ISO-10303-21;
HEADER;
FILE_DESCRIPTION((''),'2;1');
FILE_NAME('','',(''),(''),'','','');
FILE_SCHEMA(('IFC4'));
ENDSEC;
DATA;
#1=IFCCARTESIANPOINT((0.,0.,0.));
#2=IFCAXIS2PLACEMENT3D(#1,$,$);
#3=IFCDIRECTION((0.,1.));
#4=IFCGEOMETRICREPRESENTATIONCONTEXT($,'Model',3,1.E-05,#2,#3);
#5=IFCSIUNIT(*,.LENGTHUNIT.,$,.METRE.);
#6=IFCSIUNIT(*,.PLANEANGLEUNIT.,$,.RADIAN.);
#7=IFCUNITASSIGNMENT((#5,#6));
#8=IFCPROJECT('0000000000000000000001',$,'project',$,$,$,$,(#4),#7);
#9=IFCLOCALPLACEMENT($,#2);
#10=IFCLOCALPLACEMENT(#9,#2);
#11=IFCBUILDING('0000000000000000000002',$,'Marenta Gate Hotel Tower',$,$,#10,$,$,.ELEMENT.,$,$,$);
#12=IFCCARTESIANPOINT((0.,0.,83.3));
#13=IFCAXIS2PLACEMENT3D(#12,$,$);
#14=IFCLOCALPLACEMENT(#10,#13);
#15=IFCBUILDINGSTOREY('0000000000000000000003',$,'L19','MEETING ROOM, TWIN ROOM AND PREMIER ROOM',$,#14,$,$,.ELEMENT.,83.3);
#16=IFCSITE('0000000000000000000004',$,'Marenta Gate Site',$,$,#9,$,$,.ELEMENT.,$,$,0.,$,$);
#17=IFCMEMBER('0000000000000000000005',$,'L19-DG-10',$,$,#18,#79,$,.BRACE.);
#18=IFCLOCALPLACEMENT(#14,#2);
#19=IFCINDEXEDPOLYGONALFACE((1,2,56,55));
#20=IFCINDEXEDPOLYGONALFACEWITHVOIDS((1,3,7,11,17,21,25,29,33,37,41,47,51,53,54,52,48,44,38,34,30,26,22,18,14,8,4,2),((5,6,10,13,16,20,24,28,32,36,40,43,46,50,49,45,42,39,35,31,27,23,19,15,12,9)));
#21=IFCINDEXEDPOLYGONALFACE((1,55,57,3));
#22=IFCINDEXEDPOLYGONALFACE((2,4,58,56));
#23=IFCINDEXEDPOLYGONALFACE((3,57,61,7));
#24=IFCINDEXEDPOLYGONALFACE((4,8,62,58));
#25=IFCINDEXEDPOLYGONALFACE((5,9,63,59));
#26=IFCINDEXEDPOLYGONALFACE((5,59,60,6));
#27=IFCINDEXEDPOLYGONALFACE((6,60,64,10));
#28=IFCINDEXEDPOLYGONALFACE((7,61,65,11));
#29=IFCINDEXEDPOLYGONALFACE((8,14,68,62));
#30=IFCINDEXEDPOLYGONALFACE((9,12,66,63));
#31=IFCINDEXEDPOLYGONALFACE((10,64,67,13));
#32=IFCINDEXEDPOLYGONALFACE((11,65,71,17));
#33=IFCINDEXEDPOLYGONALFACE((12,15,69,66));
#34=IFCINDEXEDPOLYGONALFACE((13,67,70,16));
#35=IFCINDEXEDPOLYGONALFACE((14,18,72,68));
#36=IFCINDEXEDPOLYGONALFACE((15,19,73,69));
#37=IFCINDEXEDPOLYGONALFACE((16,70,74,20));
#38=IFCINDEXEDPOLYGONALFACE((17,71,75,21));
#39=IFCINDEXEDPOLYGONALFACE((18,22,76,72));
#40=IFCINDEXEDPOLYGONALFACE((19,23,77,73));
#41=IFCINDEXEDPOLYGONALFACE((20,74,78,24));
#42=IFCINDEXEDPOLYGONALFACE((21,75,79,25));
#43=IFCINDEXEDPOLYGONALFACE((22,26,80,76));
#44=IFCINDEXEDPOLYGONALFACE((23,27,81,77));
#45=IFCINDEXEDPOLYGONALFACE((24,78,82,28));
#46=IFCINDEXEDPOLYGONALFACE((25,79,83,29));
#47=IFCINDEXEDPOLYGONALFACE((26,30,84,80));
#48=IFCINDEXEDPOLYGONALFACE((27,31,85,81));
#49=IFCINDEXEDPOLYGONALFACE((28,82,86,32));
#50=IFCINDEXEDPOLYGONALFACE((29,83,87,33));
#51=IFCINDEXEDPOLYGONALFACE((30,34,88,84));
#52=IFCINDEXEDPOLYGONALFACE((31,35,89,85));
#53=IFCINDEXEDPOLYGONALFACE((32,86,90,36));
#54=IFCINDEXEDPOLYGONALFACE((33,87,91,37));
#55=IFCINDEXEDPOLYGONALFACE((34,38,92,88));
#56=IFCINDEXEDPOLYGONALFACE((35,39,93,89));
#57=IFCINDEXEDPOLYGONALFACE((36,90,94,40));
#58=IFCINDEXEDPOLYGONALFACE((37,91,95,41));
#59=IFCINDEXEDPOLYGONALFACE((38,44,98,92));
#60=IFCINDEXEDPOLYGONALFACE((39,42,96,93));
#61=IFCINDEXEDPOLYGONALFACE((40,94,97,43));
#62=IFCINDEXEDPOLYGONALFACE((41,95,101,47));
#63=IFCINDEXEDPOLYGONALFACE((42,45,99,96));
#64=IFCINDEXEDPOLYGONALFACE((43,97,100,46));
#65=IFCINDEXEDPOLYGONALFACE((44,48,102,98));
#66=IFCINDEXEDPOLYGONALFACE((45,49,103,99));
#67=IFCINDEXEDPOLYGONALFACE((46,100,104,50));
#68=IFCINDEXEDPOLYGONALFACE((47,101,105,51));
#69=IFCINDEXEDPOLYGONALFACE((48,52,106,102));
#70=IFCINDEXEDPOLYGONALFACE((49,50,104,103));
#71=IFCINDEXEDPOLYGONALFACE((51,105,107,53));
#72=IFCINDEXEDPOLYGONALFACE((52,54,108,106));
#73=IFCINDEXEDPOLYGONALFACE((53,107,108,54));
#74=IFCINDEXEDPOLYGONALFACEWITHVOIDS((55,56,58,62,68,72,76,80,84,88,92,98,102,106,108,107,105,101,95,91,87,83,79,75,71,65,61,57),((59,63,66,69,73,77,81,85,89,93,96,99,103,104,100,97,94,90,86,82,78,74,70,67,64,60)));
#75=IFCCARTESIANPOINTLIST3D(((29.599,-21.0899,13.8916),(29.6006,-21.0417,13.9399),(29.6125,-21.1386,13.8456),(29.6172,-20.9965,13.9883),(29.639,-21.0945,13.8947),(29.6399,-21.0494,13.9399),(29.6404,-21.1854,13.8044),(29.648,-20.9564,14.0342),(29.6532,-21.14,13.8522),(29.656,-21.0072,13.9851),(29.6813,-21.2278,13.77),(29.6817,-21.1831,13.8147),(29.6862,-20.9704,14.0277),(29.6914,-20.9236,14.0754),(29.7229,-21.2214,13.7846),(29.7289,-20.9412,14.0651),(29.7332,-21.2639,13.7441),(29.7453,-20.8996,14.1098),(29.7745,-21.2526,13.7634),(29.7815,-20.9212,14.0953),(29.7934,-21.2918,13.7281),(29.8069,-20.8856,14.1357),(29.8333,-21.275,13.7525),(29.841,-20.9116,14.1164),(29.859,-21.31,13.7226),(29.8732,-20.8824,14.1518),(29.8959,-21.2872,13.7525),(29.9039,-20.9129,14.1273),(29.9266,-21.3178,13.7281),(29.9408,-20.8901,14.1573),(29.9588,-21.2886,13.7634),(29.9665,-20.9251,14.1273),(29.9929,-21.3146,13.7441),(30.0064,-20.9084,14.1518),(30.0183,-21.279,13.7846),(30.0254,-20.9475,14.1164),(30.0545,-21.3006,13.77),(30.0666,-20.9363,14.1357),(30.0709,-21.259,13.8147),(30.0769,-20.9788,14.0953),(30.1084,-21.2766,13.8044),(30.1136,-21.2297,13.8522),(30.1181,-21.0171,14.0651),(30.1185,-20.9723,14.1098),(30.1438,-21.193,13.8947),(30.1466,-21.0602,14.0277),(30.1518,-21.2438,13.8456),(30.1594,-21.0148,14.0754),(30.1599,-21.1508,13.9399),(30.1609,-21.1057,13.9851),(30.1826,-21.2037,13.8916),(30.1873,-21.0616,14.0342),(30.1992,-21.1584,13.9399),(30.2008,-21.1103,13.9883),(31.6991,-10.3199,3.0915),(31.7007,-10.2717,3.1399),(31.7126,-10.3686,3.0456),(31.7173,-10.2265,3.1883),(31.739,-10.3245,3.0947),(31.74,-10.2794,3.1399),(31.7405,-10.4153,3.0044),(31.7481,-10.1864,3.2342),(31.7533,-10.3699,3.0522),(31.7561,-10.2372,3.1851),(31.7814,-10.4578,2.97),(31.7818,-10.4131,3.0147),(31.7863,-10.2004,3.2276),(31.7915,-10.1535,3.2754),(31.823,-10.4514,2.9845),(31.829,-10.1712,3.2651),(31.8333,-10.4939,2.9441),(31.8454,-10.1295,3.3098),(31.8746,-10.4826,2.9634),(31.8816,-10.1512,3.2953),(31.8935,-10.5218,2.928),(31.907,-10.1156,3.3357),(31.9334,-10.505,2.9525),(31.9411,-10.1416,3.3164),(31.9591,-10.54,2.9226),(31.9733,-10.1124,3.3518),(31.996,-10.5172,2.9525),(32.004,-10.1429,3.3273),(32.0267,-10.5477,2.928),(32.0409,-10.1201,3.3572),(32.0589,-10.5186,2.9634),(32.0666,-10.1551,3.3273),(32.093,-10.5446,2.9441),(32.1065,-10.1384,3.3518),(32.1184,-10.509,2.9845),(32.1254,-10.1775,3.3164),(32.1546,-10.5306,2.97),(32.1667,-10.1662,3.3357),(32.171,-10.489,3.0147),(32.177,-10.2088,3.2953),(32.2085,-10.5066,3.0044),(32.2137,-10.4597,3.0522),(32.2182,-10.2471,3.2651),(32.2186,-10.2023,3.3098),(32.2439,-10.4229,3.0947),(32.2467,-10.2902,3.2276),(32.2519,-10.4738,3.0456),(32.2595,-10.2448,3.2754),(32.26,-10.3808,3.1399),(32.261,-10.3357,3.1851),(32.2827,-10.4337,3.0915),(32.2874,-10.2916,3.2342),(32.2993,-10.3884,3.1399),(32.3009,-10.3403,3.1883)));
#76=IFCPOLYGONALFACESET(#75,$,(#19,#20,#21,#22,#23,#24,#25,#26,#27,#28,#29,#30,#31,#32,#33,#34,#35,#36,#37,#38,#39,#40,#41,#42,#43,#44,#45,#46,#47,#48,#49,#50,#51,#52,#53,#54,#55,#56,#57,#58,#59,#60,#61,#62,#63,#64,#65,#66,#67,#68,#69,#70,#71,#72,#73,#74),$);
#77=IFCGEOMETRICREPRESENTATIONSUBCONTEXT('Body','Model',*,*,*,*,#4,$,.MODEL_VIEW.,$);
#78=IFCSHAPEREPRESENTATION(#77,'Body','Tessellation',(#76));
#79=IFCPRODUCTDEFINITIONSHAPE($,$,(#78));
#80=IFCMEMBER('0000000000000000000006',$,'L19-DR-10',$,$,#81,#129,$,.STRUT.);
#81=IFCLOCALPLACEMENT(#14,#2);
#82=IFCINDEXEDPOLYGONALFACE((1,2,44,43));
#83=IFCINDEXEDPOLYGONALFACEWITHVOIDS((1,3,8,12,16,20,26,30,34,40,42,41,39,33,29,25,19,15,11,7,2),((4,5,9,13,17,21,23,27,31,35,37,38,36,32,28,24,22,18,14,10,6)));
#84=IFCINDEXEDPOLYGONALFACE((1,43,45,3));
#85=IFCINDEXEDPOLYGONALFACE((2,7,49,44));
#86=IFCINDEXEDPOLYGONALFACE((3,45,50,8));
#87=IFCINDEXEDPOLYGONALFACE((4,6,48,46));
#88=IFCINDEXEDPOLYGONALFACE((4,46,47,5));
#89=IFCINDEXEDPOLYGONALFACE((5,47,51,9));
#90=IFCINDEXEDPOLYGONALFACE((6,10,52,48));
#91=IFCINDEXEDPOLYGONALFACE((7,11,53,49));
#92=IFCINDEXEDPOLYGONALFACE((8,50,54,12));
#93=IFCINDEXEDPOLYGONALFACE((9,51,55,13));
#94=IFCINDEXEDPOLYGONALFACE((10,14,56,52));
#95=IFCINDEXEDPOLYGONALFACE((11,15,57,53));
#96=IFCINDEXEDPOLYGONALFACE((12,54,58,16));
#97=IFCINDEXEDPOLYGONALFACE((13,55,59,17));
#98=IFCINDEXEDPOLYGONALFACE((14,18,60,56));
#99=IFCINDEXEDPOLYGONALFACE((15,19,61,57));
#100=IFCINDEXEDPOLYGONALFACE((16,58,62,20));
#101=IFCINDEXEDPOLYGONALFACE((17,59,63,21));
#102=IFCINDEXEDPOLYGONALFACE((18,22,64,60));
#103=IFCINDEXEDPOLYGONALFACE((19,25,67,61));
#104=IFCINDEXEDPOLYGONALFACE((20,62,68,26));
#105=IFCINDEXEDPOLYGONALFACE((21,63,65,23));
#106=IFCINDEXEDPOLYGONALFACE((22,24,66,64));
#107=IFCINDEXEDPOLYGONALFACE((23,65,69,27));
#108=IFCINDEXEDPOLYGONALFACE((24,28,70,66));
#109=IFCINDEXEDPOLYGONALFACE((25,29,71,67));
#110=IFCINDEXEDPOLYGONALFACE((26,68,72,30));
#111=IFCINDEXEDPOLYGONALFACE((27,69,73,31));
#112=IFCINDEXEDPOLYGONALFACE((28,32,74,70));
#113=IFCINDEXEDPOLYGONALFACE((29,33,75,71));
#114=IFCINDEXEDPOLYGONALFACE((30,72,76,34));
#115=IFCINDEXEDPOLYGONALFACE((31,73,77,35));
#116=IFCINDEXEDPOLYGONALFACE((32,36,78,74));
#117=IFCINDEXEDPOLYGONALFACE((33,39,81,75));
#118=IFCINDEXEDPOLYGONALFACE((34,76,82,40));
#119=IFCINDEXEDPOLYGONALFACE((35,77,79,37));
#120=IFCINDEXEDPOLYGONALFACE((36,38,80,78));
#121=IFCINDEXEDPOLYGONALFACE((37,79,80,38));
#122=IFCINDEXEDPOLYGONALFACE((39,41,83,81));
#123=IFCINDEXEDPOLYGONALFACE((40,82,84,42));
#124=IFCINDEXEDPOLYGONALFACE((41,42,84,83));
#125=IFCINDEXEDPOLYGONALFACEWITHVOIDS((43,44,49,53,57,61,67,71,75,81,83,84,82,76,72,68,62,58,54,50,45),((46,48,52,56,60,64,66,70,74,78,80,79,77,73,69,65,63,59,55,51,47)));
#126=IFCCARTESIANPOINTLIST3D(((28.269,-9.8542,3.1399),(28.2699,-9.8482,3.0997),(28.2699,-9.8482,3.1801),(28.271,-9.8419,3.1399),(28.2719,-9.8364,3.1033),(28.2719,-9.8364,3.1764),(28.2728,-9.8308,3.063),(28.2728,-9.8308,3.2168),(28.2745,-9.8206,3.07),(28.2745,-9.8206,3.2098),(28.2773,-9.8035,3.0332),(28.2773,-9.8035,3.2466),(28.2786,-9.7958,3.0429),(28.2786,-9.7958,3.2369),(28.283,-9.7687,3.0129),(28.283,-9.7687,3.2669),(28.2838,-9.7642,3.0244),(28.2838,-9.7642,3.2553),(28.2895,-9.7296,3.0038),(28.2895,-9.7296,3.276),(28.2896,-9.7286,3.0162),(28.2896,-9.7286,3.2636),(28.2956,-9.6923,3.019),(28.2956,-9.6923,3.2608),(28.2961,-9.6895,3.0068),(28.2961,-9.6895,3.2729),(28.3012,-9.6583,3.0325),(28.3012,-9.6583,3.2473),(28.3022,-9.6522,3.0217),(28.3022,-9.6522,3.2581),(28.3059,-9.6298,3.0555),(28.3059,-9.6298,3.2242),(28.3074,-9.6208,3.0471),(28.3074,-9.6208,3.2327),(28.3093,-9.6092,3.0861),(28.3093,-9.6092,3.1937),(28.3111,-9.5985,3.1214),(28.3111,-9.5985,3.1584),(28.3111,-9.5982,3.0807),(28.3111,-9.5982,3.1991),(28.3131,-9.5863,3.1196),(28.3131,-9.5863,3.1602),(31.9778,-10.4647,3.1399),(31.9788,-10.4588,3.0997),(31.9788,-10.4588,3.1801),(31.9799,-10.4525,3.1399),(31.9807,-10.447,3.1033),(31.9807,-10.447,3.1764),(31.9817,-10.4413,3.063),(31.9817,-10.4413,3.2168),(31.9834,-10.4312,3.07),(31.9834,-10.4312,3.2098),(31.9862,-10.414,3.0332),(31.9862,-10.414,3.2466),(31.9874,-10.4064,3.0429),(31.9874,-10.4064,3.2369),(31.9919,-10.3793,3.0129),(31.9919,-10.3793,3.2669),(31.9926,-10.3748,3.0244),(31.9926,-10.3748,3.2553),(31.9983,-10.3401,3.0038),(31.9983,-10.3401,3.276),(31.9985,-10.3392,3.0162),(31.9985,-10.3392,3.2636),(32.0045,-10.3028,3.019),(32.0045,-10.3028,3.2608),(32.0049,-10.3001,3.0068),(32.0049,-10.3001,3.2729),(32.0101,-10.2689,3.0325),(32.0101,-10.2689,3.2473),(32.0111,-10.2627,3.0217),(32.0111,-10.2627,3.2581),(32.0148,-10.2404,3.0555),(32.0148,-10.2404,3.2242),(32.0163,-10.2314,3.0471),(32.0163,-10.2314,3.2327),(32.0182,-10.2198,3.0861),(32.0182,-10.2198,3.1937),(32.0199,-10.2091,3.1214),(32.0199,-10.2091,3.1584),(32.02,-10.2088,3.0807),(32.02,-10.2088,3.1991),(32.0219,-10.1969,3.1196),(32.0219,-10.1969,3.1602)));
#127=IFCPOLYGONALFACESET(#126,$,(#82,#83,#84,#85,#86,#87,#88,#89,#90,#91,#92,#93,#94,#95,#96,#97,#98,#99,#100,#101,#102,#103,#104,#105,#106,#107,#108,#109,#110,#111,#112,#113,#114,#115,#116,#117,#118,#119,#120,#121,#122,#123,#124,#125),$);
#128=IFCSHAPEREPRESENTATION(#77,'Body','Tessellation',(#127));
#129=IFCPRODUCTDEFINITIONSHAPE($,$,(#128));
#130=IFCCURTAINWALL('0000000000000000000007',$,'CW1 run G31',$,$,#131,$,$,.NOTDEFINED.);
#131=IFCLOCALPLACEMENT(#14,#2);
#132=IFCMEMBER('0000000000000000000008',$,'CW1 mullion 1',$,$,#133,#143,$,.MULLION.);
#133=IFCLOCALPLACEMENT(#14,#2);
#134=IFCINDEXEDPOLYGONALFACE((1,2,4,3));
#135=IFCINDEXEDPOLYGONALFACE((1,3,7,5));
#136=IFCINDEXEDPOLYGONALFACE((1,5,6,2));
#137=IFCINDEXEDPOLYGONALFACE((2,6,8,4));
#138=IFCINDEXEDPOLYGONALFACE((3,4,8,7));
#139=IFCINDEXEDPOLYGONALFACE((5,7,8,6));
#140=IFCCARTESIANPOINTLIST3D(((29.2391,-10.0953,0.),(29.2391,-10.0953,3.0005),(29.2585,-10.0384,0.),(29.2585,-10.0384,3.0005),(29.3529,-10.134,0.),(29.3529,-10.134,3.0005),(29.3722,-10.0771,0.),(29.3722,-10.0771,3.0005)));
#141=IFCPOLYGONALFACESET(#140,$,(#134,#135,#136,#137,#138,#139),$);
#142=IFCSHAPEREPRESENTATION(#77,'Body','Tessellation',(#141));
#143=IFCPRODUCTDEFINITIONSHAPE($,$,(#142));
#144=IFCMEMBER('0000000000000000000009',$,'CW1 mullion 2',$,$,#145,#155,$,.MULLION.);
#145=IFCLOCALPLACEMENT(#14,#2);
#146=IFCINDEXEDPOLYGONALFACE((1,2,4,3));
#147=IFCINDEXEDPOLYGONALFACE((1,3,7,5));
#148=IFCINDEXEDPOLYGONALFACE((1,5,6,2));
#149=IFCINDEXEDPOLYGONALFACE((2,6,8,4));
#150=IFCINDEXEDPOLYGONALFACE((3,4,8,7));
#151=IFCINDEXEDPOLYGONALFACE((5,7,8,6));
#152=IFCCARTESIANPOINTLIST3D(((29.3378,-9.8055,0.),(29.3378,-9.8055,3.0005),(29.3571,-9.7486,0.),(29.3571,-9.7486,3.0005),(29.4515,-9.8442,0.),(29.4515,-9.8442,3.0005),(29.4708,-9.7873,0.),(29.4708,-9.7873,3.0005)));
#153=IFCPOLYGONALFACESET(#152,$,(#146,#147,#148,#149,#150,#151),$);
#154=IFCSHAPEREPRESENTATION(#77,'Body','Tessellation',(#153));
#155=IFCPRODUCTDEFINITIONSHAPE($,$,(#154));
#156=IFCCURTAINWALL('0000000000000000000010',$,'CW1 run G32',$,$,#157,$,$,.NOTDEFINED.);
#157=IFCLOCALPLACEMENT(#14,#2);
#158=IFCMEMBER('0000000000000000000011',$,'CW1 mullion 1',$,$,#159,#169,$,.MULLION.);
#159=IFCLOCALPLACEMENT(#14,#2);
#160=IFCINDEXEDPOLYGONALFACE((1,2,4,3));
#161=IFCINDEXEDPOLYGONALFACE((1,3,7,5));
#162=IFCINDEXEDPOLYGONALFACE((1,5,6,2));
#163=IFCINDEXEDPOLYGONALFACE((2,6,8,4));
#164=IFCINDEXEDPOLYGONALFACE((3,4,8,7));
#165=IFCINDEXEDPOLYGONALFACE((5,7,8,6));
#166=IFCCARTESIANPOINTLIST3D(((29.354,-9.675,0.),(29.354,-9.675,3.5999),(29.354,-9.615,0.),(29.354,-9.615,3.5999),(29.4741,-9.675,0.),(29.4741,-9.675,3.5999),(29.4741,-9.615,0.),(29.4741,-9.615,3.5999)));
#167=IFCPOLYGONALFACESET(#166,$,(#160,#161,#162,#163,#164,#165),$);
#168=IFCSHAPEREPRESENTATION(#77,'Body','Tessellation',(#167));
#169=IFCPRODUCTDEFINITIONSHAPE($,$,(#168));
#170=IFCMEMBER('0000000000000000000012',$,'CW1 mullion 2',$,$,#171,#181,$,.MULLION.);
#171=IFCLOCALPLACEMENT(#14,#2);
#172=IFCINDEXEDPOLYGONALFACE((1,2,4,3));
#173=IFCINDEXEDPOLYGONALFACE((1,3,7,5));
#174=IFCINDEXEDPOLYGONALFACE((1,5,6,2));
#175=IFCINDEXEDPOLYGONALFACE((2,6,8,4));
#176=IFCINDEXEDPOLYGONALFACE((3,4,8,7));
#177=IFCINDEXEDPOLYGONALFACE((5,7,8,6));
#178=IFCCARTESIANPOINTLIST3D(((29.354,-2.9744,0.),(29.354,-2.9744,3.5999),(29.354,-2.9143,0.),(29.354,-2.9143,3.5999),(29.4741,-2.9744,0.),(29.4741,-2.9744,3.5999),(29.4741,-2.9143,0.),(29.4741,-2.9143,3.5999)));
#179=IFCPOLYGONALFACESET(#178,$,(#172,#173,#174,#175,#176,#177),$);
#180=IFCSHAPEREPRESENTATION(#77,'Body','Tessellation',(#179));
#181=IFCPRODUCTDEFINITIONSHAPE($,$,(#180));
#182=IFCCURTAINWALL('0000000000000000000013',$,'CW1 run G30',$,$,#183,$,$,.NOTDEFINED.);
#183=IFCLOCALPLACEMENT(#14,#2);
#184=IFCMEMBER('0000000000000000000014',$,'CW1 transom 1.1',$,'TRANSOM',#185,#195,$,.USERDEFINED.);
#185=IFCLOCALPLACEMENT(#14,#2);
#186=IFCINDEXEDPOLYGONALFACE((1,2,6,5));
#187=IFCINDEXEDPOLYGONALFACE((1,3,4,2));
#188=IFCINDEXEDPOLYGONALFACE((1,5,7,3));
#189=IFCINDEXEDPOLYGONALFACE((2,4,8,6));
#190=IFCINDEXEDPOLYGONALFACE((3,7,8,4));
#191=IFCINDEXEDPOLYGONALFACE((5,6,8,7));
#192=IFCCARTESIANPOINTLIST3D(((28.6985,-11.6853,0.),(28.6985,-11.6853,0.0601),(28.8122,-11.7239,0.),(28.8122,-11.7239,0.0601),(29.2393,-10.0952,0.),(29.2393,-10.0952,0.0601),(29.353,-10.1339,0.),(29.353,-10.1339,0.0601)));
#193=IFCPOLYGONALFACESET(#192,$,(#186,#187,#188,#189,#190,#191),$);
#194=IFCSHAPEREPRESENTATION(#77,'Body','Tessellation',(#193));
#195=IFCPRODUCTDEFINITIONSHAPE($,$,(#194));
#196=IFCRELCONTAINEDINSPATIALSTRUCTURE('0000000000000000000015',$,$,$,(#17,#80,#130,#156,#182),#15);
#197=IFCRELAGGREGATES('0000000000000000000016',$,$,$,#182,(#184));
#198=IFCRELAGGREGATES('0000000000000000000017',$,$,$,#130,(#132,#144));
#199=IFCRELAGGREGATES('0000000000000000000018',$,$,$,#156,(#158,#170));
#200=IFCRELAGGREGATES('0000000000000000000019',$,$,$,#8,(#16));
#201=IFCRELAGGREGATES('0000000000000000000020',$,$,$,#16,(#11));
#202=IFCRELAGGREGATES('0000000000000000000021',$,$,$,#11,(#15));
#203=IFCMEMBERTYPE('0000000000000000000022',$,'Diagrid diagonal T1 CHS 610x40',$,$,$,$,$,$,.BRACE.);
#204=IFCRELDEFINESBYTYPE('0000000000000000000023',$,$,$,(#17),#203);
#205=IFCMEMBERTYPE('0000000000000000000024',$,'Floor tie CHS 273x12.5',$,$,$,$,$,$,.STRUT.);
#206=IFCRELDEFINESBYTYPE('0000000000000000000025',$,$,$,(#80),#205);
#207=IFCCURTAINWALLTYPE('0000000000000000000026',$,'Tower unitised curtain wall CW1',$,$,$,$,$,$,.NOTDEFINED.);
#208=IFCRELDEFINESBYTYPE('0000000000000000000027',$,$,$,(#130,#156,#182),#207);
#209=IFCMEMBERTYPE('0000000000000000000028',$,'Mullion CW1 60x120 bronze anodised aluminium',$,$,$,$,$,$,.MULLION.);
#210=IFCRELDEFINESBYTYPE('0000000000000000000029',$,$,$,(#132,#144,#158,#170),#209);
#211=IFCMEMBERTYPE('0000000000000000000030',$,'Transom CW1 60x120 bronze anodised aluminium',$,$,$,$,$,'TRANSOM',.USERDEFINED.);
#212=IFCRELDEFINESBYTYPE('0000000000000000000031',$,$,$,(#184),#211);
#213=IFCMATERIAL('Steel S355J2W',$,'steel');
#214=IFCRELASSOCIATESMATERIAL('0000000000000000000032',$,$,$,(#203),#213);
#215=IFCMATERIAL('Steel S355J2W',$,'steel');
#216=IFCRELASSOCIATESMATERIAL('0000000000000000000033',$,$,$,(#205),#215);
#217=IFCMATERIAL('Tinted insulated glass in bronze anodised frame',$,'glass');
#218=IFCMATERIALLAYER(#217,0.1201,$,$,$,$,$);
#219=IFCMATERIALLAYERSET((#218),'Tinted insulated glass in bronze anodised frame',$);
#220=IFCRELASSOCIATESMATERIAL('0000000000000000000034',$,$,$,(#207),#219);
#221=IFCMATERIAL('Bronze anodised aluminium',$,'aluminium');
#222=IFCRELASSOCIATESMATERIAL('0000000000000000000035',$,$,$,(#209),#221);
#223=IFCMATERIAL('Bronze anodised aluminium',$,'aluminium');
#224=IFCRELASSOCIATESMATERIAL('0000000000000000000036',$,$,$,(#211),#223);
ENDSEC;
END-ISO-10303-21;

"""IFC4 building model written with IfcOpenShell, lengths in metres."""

from ifc_helpers import new_model, si_unit, direction, frame, origin, origin_2d, place, context, subcontext, project, spatial, rectangle, hollow_circle, extrude, material, layer, layer_set, material_profile, profile_set, type_object, element, aggregate, save


model = new_model("IFC4")

# Units and contexts
model_context = context("Model", 3, precision=1e-05, world=origin(), true_north=direction((0.0, 1.0)))
body_context = subcontext(model_context, "Body", "Model", "MODEL_VIEW")
ifc_project = project(units=[si_unit("LENGTHUNIT", "METRE"), si_unit("PLANEANGLEUNIT", "RADIAN")], contexts=[model_context])

# Site, building, storey
site_placement = place(None, origin())
site = spatial("IfcSite", under=ifc_project, at=site_placement, Name="Marenta Gate Site", CompositionType="ELEMENT", RefElevation=0.0)
building_placement = place(site_placement, origin())
building = spatial("IfcBuilding", under=site, at=building_placement, Name="Marenta Gate Hotel Tower", CompositionType="ELEMENT")
storey_placement = place(building_placement, frame((0.0, 0.0, 83.3)))
storey = spatial("IfcBuildingStorey", under=building, at=storey_placement, Name="L19", Description="MEETING ROOM, TWIN ROOM AND PREMIER ROOM", CompositionType="ELEMENT", Elevation=83.3)

# Members
ifc_material_1 = material(Name="Steel S355J2W", Category="steel")
ifc_material_profile_1 = material_profile(ifc_material_1, hollow_circle(Radius=0.3049, WallThickness=0.04, at=origin_2d()), Name="CHS 610x40")
ifc_profile_set_1 = profile_set([ifc_material_profile_1], Name="Steel S355J2W")
member_type_1 = type_object("IfcMemberType", Name="Diagrid diagonal T1 CHS 610x40", PredefinedType="BRACE", material=ifc_profile_set_1)
member_1_placement = place(storey_placement, frame((32.0, -10.3301, 3.1399), z_axis=(-0.136403, -0.699522, 0.701472), x_axis=(0.981514, -0.19139, 0.0)))
element("IfcMember", 1, at=member_1_placement, inside=storey, type_object=member_type_1, Name="L19-DG-10", PredefinedType="BRACE", context=body_context, shape_type="SweptSolid", body=[
    extrude(hollow_circle(Radius=0.3049, WallThickness=0.04, at=origin_2d()), origin(), (0.0, 0.0, 1.0), 15.3962),
])
ifc_material_2 = material(Name="Steel S355J2W", Category="steel")
ifc_material_profile_2 = material_profile(ifc_material_2, hollow_circle(Radius=0.1365, WallThickness=0.0125, at=origin_2d()), Name="CHS 273x12.5")
ifc_profile_set_2 = profile_set([ifc_material_profile_2], Name="Steel S355J2W")
member_type_2 = type_object("IfcMemberType", Name="Floor tie CHS 273x12.5", PredefinedType="STRUT", material=ifc_profile_set_2)
member_2_placement = place(storey_placement, frame((32.0, -10.3301, 3.1399), z_axis=(-0.986718, 0.16244, 0.0), x_axis=(-0.16244, -0.986718, 0.0)))
element("IfcMember", 2, at=member_2_placement, inside=storey, type_object=member_type_2, Name="L19-DR-10", PredefinedType="STRUT", context=body_context, shape_type="SweptSolid", body=[
    extrude(hollow_circle(Radius=0.1365, WallThickness=0.0125, at=origin_2d()), origin(), (0.0, 0.0, 1.0), 3.7588),
])

# Curtain walls, members
ifc_material_3 = material(Name="Tinted insulated glass in bronze anodised frame", Category="glass")
ifc_layer_1 = layer(ifc_material_3, 0.1201)
ifc_layer_set_1 = layer_set([ifc_layer_1], Name="Tinted insulated glass in bronze anodised frame")
curtain_wall_type = type_object("IfcCurtainWallType", Name="Tower unitised curtain wall CW1", PredefinedType="NOTDEFINED", material=ifc_layer_set_1)
curtain_wall_1_placement = place(storey_placement, origin())
curtain_wall_1 = element("IfcCurtainWall", 3, at=curtain_wall_1_placement, inside=storey, type_object=curtain_wall_type, Name="CW1 run G31", PredefinedType="NOTDEFINED")
ifc_material_4 = material(Name="Bronze anodised aluminium", Category="aluminium")
ifc_material_profile_3 = material_profile(ifc_material_4, rectangle(XDim=0.1201, YDim=0.0601, at=origin_2d()), Name="Mullion CW1 60x120 bronze anodised aluminium")
ifc_profile_set_3 = profile_set([ifc_material_profile_3], Name="Bronze anodised aluminium")
member_type_3 = type_object("IfcMemberType", Name="Mullion CW1 60x120 bronze anodised aluminium", PredefinedType="MULLION", material=ifc_profile_set_3)
member_3_placement = place(storey_placement, frame((29.3057, -10.0862, 0.0), z_axis=(0.0, 0.0, 1.0), x_axis=(-0.946726, 0.32204, 0.0)))
member_3 = element("IfcMember", 4, at=member_3_placement, type_object=member_type_3, Name="CW1 mullion 1", PredefinedType="MULLION", context=body_context, shape_type="SweptSolid", body=[
    extrude(rectangle(XDim=0.1201, YDim=0.0601, at=origin_2d()), origin(), (0.0, 0.0, 1.0), 3.0005),
])
member_4_placement = place(storey_placement, frame((29.4043, -9.7964, 0.0), z_axis=(0.0, 0.0, 1.0), x_axis=(-0.946726, 0.32204, 0.0)))
member_4 = element("IfcMember", 5, at=member_4_placement, type_object=member_type_3, Name="CW1 mullion 2", PredefinedType="MULLION", context=body_context, shape_type="SweptSolid", body=[
    extrude(rectangle(XDim=0.1201, YDim=0.0601, at=origin_2d()), origin(), (0.0, 0.0, 1.0), 3.0005),
])
curtain_wall_2_placement = place(storey_placement, origin())
curtain_wall_2 = element("IfcCurtainWall", 6, at=curtain_wall_2_placement, inside=storey, type_object=curtain_wall_type, Name="CW1 run G32", PredefinedType="NOTDEFINED")
member_5_placement = place(storey_placement, frame((29.4141, -9.645, 0.0), z_axis=(0.0, 0.0, 1.0), x_axis=(-1.0, 0.0, 0.0)))
member_5 = element("IfcMember", 7, at=member_5_placement, type_object=member_type_3, Name="CW1 mullion 1", PredefinedType="MULLION", context=body_context, shape_type="SweptSolid", body=[
    extrude(rectangle(XDim=0.1201, YDim=0.0601, at=origin_2d()), origin(), (0.0, 0.0, 1.0), 3.5999),
])
member_6_placement = place(storey_placement, frame((29.4141, -2.9443, 0.0), z_axis=(0.0, 0.0, 1.0), x_axis=(-1.0, 0.0, 0.0)))
member_6 = element("IfcMember", 8, at=member_6_placement, type_object=member_type_3, Name="CW1 mullion 2", PredefinedType="MULLION", context=body_context, shape_type="SweptSolid", body=[
    extrude(rectangle(XDim=0.1201, YDim=0.0601, at=origin_2d()), origin(), (0.0, 0.0, 1.0), 3.5999),
])
curtain_wall_3_placement = place(storey_placement, origin())
curtain_wall_3 = element("IfcCurtainWall", 9, at=curtain_wall_3_placement, inside=storey, type_object=curtain_wall_type, Name="CW1 run G30", PredefinedType="NOTDEFINED")
ifc_material_5 = material(Name="Bronze anodised aluminium", Category="aluminium")
ifc_material_profile_4 = material_profile(ifc_material_5, rectangle(XDim=0.1201, YDim=0.0601, at=origin_2d()), Name="Transom CW1 60x120 bronze anodised aluminium")
ifc_profile_set_4 = profile_set([ifc_material_profile_4], Name="Bronze anodised aluminium")
member_type_4 = type_object("IfcMemberType", Name="Transom CW1 60x120 bronze anodised aluminium", ElementType="TRANSOM", PredefinedType="USERDEFINED", material=ifc_profile_set_4)
member_7_placement = place(storey_placement, frame((28.7554, -11.7046, 0.03), z_axis=(0.321978, 0.946747, 0.0), x_axis=(-0.946747, 0.321978, 0.0)))
member_7 = element("IfcMember", 10, at=member_7_placement, type_object=member_type_4, Name="CW1 transom 1.1", ObjectType="TRANSOM", PredefinedType="USERDEFINED", context=body_context, shape_type="SweptSolid", body=[
    extrude(rectangle(XDim=0.1201, YDim=0.0601, at=origin_2d()), origin(), (0.0, 0.0, 1.0), 1.6794),
])

aggregate(curtain_wall_3, [member_7])
aggregate(curtain_wall_1, [member_3, member_4])
aggregate(curtain_wall_2, [member_5, member_6])

save(model, "model.ifc")
